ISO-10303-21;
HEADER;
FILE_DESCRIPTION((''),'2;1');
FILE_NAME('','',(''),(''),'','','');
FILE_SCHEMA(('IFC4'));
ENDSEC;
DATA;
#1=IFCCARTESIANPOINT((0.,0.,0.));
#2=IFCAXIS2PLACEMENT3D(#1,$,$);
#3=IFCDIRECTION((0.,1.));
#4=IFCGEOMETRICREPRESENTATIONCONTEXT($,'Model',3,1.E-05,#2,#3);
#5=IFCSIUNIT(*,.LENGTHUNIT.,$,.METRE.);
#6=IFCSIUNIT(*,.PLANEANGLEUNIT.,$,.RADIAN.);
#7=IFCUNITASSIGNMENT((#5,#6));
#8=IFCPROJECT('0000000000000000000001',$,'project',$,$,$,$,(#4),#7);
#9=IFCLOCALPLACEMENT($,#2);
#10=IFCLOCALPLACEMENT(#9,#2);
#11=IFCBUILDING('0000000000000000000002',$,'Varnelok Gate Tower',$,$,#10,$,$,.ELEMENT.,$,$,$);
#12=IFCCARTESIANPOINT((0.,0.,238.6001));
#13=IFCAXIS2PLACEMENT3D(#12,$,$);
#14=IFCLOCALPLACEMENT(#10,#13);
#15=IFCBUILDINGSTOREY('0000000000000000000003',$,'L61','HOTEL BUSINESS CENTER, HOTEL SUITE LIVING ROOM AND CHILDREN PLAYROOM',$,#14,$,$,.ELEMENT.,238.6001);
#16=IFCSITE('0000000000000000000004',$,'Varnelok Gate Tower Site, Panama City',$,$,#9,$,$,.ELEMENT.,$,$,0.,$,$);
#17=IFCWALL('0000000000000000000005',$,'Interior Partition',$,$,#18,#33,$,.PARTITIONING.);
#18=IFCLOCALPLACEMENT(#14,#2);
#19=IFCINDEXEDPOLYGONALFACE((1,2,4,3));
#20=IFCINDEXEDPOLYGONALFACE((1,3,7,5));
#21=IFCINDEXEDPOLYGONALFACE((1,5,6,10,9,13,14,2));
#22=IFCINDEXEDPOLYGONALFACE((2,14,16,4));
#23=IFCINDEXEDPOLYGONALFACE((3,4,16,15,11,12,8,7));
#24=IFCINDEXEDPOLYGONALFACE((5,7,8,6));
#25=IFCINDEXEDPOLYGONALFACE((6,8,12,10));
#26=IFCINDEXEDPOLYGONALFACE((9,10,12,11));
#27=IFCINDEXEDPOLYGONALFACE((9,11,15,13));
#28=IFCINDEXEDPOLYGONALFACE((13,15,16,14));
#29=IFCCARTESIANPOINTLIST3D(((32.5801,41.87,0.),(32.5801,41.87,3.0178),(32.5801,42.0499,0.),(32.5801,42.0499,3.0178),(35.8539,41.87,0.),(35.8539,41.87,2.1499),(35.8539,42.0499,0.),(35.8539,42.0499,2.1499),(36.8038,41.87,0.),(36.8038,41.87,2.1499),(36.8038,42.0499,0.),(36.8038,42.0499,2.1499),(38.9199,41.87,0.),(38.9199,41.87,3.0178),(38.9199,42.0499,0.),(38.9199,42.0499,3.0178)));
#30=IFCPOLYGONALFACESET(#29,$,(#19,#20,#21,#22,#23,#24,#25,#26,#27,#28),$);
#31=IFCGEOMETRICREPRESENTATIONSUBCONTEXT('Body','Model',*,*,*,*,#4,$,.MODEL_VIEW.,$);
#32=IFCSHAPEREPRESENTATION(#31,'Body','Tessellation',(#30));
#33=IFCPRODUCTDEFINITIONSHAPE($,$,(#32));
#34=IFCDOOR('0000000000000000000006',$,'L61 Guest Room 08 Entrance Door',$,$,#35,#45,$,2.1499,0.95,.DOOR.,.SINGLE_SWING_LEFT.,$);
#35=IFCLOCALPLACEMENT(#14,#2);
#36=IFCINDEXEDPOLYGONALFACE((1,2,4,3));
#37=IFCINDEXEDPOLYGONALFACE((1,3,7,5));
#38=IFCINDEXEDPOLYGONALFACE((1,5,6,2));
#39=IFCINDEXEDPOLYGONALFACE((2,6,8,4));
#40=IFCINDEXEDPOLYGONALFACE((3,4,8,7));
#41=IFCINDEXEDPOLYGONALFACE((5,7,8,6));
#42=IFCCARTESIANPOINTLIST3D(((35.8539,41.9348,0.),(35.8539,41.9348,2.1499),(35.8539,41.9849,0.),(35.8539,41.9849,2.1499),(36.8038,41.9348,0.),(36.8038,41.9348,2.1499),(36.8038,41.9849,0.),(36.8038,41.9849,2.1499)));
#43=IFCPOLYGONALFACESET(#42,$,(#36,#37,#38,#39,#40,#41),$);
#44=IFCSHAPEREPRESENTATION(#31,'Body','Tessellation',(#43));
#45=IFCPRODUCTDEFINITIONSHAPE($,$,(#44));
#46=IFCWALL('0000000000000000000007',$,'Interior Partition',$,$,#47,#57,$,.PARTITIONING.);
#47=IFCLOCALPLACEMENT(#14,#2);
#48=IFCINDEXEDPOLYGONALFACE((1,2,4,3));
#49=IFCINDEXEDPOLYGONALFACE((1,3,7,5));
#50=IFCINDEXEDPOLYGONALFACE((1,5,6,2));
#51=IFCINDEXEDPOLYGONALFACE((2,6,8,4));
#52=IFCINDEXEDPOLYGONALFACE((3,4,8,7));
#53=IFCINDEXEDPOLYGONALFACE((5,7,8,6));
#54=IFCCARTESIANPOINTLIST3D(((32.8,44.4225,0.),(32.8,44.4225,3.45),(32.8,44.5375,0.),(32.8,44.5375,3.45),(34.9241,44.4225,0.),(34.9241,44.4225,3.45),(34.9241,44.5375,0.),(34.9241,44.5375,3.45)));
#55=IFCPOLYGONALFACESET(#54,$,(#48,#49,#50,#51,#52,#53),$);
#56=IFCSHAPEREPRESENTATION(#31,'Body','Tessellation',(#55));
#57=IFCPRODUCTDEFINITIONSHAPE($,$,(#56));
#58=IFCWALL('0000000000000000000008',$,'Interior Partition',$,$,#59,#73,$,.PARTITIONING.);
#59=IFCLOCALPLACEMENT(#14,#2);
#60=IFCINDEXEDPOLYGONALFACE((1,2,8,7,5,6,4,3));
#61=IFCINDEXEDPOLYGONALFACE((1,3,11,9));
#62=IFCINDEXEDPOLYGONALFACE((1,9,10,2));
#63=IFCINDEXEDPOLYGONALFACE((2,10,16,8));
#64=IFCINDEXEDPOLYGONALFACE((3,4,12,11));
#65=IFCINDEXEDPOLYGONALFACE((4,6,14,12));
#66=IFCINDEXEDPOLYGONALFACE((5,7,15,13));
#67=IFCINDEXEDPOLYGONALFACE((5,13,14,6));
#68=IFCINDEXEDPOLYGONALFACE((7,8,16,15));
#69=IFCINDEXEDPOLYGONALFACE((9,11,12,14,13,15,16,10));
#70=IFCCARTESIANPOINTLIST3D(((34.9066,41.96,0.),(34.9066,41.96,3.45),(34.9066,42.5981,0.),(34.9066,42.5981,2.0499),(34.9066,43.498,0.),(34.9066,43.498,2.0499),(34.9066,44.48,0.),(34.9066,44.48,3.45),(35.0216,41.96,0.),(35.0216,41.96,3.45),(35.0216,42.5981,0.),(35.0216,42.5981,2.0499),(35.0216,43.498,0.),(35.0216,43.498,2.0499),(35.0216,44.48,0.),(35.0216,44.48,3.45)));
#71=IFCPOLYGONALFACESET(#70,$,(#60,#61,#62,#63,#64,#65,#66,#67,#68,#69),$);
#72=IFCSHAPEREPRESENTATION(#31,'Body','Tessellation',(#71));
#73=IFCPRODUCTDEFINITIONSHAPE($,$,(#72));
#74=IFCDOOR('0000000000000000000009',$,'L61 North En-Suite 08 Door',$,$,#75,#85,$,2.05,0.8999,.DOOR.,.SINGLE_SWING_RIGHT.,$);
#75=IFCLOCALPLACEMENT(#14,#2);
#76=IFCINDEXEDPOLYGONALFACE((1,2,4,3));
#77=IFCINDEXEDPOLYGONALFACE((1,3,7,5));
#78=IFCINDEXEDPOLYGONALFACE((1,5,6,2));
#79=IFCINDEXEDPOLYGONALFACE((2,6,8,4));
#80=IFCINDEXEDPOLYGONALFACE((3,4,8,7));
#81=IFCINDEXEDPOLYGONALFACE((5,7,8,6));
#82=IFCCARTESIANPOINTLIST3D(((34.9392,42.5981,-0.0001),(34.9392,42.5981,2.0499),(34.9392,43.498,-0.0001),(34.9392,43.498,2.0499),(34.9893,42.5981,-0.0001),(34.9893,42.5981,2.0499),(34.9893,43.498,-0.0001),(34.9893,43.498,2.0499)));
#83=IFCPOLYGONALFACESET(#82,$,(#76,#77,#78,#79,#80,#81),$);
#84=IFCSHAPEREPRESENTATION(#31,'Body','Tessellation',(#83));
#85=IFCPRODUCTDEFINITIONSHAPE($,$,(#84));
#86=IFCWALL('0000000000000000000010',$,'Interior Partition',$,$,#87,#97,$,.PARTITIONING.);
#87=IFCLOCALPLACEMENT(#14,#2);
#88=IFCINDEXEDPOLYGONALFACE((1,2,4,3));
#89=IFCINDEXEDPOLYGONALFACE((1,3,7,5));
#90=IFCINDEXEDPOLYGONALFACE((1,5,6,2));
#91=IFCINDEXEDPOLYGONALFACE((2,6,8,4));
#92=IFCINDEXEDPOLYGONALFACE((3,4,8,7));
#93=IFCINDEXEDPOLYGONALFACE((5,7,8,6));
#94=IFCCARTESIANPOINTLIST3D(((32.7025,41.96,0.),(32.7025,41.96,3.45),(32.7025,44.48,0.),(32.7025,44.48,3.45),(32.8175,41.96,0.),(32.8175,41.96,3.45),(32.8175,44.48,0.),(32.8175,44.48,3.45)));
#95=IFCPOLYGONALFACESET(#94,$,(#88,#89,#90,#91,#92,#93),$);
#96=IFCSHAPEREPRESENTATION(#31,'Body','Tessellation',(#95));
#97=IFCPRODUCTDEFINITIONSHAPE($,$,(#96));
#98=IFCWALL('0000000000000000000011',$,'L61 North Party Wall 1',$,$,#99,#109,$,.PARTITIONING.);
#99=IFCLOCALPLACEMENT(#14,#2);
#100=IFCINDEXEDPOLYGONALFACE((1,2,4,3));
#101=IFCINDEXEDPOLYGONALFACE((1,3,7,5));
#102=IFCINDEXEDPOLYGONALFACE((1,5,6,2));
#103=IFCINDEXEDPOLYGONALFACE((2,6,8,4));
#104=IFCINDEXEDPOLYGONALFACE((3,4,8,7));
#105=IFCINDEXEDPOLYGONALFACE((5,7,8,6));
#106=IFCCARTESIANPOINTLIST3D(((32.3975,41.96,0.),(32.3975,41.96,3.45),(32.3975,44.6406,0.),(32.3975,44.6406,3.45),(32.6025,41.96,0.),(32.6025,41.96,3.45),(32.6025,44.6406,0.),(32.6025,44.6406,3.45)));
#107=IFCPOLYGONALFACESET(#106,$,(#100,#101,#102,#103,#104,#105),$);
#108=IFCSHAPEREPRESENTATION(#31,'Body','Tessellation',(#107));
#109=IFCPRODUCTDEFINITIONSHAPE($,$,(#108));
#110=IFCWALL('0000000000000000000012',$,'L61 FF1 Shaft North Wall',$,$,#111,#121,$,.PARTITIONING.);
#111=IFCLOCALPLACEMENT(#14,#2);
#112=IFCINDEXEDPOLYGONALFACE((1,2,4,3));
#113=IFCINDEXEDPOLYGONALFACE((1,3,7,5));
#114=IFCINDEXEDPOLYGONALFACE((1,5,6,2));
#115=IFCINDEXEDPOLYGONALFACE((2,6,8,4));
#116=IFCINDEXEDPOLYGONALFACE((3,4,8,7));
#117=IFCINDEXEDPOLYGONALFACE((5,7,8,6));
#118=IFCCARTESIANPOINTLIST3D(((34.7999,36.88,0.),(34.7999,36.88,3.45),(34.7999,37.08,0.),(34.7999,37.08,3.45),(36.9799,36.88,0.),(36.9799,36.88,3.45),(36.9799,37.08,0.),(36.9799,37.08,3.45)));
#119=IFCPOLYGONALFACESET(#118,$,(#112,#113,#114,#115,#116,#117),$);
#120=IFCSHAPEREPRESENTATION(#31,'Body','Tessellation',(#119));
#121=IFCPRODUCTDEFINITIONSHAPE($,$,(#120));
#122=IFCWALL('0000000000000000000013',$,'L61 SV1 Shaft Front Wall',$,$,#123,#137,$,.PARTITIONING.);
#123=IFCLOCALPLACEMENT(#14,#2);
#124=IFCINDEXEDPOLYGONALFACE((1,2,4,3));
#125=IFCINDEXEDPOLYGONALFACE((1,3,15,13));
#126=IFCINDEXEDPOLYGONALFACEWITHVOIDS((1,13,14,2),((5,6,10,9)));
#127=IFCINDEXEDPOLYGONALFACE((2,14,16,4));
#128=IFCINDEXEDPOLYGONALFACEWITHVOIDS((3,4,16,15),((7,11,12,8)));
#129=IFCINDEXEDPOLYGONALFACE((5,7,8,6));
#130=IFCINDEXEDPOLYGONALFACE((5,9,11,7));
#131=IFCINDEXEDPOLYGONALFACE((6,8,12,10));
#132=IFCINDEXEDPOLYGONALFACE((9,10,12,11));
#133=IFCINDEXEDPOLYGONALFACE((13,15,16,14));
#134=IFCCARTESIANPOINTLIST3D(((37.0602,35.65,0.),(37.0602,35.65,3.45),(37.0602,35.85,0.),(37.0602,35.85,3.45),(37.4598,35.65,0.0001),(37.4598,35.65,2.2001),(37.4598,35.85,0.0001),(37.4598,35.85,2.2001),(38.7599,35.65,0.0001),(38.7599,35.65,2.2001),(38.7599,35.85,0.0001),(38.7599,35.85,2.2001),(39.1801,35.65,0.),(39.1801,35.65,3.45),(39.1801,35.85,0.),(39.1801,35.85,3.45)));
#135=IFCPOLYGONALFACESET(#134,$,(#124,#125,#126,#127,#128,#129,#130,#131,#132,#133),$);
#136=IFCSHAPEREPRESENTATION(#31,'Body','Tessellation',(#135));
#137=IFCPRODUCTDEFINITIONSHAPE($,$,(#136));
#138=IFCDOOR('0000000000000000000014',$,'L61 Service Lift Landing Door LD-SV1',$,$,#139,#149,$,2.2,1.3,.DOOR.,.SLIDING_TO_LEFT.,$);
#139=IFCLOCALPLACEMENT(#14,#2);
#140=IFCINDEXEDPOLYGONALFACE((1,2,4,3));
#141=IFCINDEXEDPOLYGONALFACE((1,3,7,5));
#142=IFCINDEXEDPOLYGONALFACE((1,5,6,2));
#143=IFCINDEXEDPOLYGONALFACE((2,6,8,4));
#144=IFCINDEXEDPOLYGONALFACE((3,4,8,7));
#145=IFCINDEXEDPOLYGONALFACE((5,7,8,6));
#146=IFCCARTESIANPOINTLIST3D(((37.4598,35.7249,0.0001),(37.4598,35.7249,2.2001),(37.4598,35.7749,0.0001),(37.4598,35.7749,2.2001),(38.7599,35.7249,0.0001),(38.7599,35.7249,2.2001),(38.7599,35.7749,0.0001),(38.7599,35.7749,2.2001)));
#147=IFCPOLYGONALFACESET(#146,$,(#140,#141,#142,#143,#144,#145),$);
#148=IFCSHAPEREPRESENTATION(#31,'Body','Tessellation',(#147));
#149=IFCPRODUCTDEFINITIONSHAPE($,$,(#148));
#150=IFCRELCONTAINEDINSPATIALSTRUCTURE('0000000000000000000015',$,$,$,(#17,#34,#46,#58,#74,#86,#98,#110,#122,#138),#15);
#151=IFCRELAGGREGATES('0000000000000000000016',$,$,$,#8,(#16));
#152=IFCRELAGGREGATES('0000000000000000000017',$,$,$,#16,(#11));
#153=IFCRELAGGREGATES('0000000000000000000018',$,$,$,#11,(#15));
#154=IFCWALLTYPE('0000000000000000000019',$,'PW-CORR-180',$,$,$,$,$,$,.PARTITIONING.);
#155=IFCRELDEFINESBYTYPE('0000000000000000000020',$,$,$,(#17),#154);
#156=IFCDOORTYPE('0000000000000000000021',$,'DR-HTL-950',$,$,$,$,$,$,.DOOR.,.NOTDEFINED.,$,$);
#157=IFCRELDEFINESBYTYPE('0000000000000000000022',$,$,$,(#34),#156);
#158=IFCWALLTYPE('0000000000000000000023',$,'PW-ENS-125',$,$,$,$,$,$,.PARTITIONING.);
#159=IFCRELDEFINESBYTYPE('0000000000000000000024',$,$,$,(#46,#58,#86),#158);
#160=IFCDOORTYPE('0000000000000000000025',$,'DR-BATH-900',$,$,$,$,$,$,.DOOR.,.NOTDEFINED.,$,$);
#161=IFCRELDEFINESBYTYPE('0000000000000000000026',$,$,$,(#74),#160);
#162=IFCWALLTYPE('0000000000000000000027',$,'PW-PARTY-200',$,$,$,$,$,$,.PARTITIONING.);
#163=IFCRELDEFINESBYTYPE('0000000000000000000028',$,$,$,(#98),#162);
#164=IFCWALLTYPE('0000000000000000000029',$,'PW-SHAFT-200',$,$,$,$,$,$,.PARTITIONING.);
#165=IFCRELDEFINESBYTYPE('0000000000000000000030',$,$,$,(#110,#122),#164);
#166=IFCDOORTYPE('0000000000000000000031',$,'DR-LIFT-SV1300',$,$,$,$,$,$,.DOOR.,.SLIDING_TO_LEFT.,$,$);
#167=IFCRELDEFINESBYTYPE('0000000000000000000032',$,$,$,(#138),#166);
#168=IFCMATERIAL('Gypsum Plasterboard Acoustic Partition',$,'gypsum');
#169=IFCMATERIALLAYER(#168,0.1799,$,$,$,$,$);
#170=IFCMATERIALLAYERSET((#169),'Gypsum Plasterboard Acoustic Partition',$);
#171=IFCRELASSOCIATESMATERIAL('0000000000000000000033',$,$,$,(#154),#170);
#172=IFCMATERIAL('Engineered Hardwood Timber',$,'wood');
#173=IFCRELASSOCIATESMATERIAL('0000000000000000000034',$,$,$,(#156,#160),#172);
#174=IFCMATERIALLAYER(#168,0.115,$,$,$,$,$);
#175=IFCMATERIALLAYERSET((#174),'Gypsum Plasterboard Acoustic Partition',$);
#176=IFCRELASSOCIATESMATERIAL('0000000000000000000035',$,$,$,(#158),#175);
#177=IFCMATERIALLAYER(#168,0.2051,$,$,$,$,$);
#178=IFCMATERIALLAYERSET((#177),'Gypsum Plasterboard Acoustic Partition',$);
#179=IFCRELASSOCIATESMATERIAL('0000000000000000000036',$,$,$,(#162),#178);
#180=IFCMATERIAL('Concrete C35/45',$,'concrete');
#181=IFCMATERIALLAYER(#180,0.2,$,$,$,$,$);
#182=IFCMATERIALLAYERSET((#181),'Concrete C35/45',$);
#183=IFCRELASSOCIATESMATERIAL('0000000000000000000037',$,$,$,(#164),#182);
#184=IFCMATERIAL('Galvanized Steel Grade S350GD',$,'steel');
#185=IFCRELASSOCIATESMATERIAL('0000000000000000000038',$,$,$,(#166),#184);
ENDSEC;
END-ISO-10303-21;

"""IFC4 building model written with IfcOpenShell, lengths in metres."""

from ifc_helpers import new_model, si_unit, direction, frame, frame_2d, origin, place, context, subcontext, project, spatial, rectangle, extrude, material, layer, layer_set, type_object, element, fill, save


model = new_model("IFC4")

# Units and contexts
model_context = context("Model", 3, precision=1e-05, world=origin(), true_north=direction((0.0, 1.0)))
body_context = subcontext(model_context, "Body", "Model", "MODEL_VIEW")
ifc_project = project(units=[si_unit("LENGTHUNIT", "METRE"), si_unit("PLANEANGLEUNIT", "RADIAN")], contexts=[model_context])

# Site, building, storey
site_placement = place(None, origin())
site = spatial("IfcSite", under=ifc_project, at=site_placement, Name="Varnelok Gate Tower Site, Panama City", CompositionType="ELEMENT", RefElevation=0.0)
building_placement = place(site_placement, origin())
building = spatial("IfcBuilding", under=site, at=building_placement, Name="Varnelok Gate Tower", CompositionType="ELEMENT")
storey_placement = place(building_placement, frame((0.0, 0.0, 238.6001)))
storey = spatial("IfcBuildingStorey", under=building, at=storey_placement, Name="L61", Description="HOTEL BUSINESS CENTER, HOTEL SUITE LIVING ROOM AND CHILDREN PLAYROOM", CompositionType="ELEMENT", Elevation=238.6001)

# Wall, opening, door
ifc_material_1 = material(Name="Gypsum Plasterboard Acoustic Partition", Category="gypsum")
ifc_layer_1 = layer(ifc_material_1, 0.1799)
ifc_layer_set_1 = layer_set([ifc_layer_1], Name="Gypsum Plasterboard Acoustic Partition")
wall_type_1 = type_object("IfcWallType", Name="PW-CORR-180", PredefinedType="PARTITIONING", material=ifc_layer_set_1)
wall_1_placement = place(storey_placement, frame((32.5801, 41.96, 0.0), z_axis=(0.0, 0.0, 1.0), x_axis=(1.0, 0.0, 0.0)))
wall_1 = element("IfcWall", 1, at=wall_1_placement, inside=storey, type_object=wall_type_1, Name="Interior Partition", PredefinedType="PARTITIONING", context=body_context, shape_type="SweptSolid", body=[
    extrude(rectangle(XDim=6.3398, YDim=0.1799, at=frame_2d((3.1699, 0.0))), origin(), (0.0, 0.0, 1.0), 3.0178),
])
opening_1_placement = place(wall_1_placement, frame((3.2737, 0.0, 0.0)))
opening_1 = element("IfcOpeningElement", 2, at=opening_1_placement, cuts=wall_1, PredefinedType="OPENING", context=body_context, shape_type="SweptSolid", body=[
    extrude(rectangle(XDim=0.95, YDim=2.1499, at=frame_2d((0.4751, 1.075))), frame((0.0, 0.0999, 0.0), z_axis=(0.0, -1.0, 0.0), x_axis=(1.0, 0.0, 0.0)), (0.0, 0.0, 1.0), 0.2),
])
ifc_material_2 = material(Name="Engineered Hardwood Timber", Category="wood")
door_type_1 = type_object("IfcDoorType", Name="DR-HTL-950", OperationType="NOTDEFINED", PredefinedType="DOOR", material=ifc_material_2)
door_1_placement = place(opening_1_placement, origin())
door_1 = element("IfcDoor", 3, at=door_1_placement, inside=storey, type_object=door_type_1, Name="L61 Guest Room 08 Entrance Door", OperationType="SINGLE_SWING_LEFT", OverallHeight=2.1499, OverallWidth=0.95, PredefinedType="DOOR", context=body_context, shape_type="SweptSolid", body=[
    extrude(rectangle(XDim=0.95, YDim=2.1499, at=frame_2d((0.4751, 1.075))), frame((0.0, 0.0249, 0.0), z_axis=(0.0, -1.0, 0.0), x_axis=(1.0, 0.0, 0.0)), (0.0, 0.0, 1.0), 0.05),
])
fill(opening_1, door_1)

# Wall
ifc_layer_2 = layer(ifc_material_1, 0.115)
ifc_layer_set_2 = layer_set([ifc_layer_2], Name="Gypsum Plasterboard Acoustic Partition")
wall_type_2 = type_object("IfcWallType", Name="PW-ENS-125", PredefinedType="PARTITIONING", material=ifc_layer_set_2)
wall_2_placement = place(storey_placement, frame((32.8, 44.48, 0.0), z_axis=(0.0, 0.0, 1.0), x_axis=(1.0, 0.0, 0.0)))
element("IfcWall", 4, at=wall_2_placement, inside=storey, type_object=wall_type_2, Name="Interior Partition", PredefinedType="PARTITIONING", context=body_context, shape_type="SweptSolid", body=[
    extrude(rectangle(XDim=2.124, YDim=0.115, at=frame_2d((1.062, 0.0))), origin(), (0.0, 0.0, 1.0), 3.45),
])

# Wall, opening, door
wall_3_placement = place(storey_placement, frame((34.9641, 41.96, 0.0), z_axis=(0.0, 0.0, 1.0), x_axis=(0.0, 1.0, 0.0)))
wall_3 = element("IfcWall", 5, at=wall_3_placement, inside=storey, type_object=wall_type_2, Name="Interior Partition", PredefinedType="PARTITIONING", context=body_context, shape_type="SweptSolid", body=[
    extrude(rectangle(XDim=2.52, YDim=0.115, at=frame_2d((1.26, 0.0))), origin(), (0.0, 0.0, 1.0), 3.45),
])
opening_2_placement = place(wall_3_placement, frame((0.6382, 0.0, 0.0)))
opening_2 = element("IfcOpeningElement", 6, at=opening_2_placement, cuts=wall_3, PredefinedType="OPENING", context=body_context, shape_type="SweptSolid", body=[
    extrude(rectangle(XDim=0.8999, YDim=2.05, at=frame_2d((0.45, 1.0249))), frame((0.0, 0.0674, 0.0), z_axis=(0.0, -1.0, 0.0), x_axis=(1.0, 0.0, 0.0)), (0.0, 0.0, 1.0), 0.135),
])
door_type_2 = type_object("IfcDoorType", Name="DR-BATH-900", OperationType="NOTDEFINED", PredefinedType="DOOR", material=ifc_material_2)
door_2_placement = place(opening_2_placement, origin())
door_2 = element("IfcDoor", 7, at=door_2_placement, inside=storey, type_object=door_type_2, Name="L61 North En-Suite 08 Door", OperationType="SINGLE_SWING_RIGHT", OverallHeight=2.05, OverallWidth=0.8999, PredefinedType="DOOR", context=body_context, shape_type="SweptSolid", body=[
    extrude(rectangle(XDim=0.8999, YDim=2.05, at=frame_2d((0.45, 1.0249))), frame((0.0, 0.0249, 0.0), z_axis=(0.0, -1.0, 0.0), x_axis=(1.0, 0.0, 0.0)), (0.0, 0.0, 1.0), 0.05),
])
fill(opening_2, door_2)

# Walls
wall_4_placement = place(storey_placement, frame((32.76, 41.96, 0.0), z_axis=(0.0, 0.0, 1.0), x_axis=(0.0, 1.0, 0.0)))
element("IfcWall", 8, at=wall_4_placement, inside=storey, type_object=wall_type_2, Name="Interior Partition", PredefinedType="PARTITIONING", context=body_context, shape_type="SweptSolid", body=[
    extrude(rectangle(XDim=2.52, YDim=0.115, at=frame_2d((1.26, 0.0))), origin(), (0.0, 0.0, 1.0), 3.45),
])
ifc_layer_3 = layer(ifc_material_1, 0.2051)
ifc_layer_set_3 = layer_set([ifc_layer_3], Name="Gypsum Plasterboard Acoustic Partition")
wall_type_3 = type_object("IfcWallType", Name="PW-PARTY-200", PredefinedType="PARTITIONING", material=ifc_layer_set_3)
wall_5_placement = place(storey_placement, frame((32.5, 41.96, 0.0), z_axis=(0.0, 0.0, 1.0), x_axis=(0.0, 1.0, 0.0)))
element("IfcWall", 9, at=wall_5_placement, inside=storey, type_object=wall_type_3, Name="L61 North Party Wall 1", PredefinedType="PARTITIONING", context=body_context, shape_type="SweptSolid", body=[
    extrude(rectangle(XDim=2.6807, YDim=0.2051, at=frame_2d((1.3403, 0.0))), origin(), (0.0, 0.0, 1.0), 3.45),
])
ifc_material_3 = material(Name="Concrete C35/45", Category="concrete")
ifc_layer_4 = layer(ifc_material_3, 0.2)
ifc_layer_set_4 = layer_set([ifc_layer_4], Name="Concrete C35/45")
wall_type_4 = type_object("IfcWallType", Name="PW-SHAFT-200", PredefinedType="PARTITIONING", material=ifc_layer_set_4)
wall_6_placement = place(storey_placement, frame((34.8, 36.98, 0.0), z_axis=(0.0, 0.0, 1.0), x_axis=(1.0, 0.0, 0.0)))
element("IfcWall", 10, at=wall_6_placement, inside=storey, type_object=wall_type_4, Name="L61 FF1 Shaft North Wall", PredefinedType="PARTITIONING", context=body_context, shape_type="SweptSolid", body=[
    extrude(rectangle(XDim=2.1799, YDim=0.2, at=frame_2d((1.0898, 0.0))), origin(), (0.0, 0.0, 1.0), 3.45),
])

# Wall, opening, door
wall_7_placement = place(storey_placement, frame((37.0601, 35.75, 0.0), z_axis=(0.0, 0.0, 1.0), x_axis=(1.0, 0.0, 0.0)))
wall_7 = element("IfcWall", 11, at=wall_7_placement, inside=storey, type_object=wall_type_4, Name="L61 SV1 Shaft Front Wall", PredefinedType="PARTITIONING", context=body_context, shape_type="SweptSolid", body=[
    extrude(rectangle(XDim=2.1199, YDim=0.2, at=frame_2d((1.0601, 0.0))), origin(), (0.0, 0.0, 1.0), 3.45),
])
opening_3_placement = place(wall_7_placement, frame((0.3999, 0.0, 0.0)))
opening_3 = element("IfcOpeningElement", 12, at=opening_3_placement, cuts=wall_7, PredefinedType="OPENING", context=body_context, shape_type="SweptSolid", body=[
    extrude(rectangle(XDim=1.3, YDim=2.2, at=frame_2d((0.6499, 1.1001))), frame((0.0, 0.1099, 0.0), z_axis=(0.0, -1.0, 0.0), x_axis=(1.0, 0.0, 0.0)), (0.0, 0.0, 1.0), 0.22),
])
ifc_material_4 = material(Name="Galvanized Steel Grade S350GD", Category="steel")
door_type_3 = type_object("IfcDoorType", Name="DR-LIFT-SV1300", OperationType="SLIDING_TO_LEFT", PredefinedType="DOOR", material=ifc_material_4)
door_3_placement = place(opening_3_placement, origin())
door_3 = element("IfcDoor", 13, at=door_3_placement, inside=storey, type_object=door_type_3, Name="L61 Service Lift Landing Door LD-SV1", OperationType="SLIDING_TO_LEFT", OverallHeight=2.2, OverallWidth=1.3, PredefinedType="DOOR", context=body_context, shape_type="SweptSolid", body=[
    extrude(rectangle(XDim=1.3, YDim=2.2, at=frame_2d((0.6499, 1.1001))), frame((0.0, 0.0249, 0.0), z_axis=(0.0, -1.0, 0.0), x_axis=(1.0, 0.0, 0.0)), (0.0, 0.0, 1.0), 0.05),
])
fill(opening_3, door_3)

save(model, "model.ifc")
